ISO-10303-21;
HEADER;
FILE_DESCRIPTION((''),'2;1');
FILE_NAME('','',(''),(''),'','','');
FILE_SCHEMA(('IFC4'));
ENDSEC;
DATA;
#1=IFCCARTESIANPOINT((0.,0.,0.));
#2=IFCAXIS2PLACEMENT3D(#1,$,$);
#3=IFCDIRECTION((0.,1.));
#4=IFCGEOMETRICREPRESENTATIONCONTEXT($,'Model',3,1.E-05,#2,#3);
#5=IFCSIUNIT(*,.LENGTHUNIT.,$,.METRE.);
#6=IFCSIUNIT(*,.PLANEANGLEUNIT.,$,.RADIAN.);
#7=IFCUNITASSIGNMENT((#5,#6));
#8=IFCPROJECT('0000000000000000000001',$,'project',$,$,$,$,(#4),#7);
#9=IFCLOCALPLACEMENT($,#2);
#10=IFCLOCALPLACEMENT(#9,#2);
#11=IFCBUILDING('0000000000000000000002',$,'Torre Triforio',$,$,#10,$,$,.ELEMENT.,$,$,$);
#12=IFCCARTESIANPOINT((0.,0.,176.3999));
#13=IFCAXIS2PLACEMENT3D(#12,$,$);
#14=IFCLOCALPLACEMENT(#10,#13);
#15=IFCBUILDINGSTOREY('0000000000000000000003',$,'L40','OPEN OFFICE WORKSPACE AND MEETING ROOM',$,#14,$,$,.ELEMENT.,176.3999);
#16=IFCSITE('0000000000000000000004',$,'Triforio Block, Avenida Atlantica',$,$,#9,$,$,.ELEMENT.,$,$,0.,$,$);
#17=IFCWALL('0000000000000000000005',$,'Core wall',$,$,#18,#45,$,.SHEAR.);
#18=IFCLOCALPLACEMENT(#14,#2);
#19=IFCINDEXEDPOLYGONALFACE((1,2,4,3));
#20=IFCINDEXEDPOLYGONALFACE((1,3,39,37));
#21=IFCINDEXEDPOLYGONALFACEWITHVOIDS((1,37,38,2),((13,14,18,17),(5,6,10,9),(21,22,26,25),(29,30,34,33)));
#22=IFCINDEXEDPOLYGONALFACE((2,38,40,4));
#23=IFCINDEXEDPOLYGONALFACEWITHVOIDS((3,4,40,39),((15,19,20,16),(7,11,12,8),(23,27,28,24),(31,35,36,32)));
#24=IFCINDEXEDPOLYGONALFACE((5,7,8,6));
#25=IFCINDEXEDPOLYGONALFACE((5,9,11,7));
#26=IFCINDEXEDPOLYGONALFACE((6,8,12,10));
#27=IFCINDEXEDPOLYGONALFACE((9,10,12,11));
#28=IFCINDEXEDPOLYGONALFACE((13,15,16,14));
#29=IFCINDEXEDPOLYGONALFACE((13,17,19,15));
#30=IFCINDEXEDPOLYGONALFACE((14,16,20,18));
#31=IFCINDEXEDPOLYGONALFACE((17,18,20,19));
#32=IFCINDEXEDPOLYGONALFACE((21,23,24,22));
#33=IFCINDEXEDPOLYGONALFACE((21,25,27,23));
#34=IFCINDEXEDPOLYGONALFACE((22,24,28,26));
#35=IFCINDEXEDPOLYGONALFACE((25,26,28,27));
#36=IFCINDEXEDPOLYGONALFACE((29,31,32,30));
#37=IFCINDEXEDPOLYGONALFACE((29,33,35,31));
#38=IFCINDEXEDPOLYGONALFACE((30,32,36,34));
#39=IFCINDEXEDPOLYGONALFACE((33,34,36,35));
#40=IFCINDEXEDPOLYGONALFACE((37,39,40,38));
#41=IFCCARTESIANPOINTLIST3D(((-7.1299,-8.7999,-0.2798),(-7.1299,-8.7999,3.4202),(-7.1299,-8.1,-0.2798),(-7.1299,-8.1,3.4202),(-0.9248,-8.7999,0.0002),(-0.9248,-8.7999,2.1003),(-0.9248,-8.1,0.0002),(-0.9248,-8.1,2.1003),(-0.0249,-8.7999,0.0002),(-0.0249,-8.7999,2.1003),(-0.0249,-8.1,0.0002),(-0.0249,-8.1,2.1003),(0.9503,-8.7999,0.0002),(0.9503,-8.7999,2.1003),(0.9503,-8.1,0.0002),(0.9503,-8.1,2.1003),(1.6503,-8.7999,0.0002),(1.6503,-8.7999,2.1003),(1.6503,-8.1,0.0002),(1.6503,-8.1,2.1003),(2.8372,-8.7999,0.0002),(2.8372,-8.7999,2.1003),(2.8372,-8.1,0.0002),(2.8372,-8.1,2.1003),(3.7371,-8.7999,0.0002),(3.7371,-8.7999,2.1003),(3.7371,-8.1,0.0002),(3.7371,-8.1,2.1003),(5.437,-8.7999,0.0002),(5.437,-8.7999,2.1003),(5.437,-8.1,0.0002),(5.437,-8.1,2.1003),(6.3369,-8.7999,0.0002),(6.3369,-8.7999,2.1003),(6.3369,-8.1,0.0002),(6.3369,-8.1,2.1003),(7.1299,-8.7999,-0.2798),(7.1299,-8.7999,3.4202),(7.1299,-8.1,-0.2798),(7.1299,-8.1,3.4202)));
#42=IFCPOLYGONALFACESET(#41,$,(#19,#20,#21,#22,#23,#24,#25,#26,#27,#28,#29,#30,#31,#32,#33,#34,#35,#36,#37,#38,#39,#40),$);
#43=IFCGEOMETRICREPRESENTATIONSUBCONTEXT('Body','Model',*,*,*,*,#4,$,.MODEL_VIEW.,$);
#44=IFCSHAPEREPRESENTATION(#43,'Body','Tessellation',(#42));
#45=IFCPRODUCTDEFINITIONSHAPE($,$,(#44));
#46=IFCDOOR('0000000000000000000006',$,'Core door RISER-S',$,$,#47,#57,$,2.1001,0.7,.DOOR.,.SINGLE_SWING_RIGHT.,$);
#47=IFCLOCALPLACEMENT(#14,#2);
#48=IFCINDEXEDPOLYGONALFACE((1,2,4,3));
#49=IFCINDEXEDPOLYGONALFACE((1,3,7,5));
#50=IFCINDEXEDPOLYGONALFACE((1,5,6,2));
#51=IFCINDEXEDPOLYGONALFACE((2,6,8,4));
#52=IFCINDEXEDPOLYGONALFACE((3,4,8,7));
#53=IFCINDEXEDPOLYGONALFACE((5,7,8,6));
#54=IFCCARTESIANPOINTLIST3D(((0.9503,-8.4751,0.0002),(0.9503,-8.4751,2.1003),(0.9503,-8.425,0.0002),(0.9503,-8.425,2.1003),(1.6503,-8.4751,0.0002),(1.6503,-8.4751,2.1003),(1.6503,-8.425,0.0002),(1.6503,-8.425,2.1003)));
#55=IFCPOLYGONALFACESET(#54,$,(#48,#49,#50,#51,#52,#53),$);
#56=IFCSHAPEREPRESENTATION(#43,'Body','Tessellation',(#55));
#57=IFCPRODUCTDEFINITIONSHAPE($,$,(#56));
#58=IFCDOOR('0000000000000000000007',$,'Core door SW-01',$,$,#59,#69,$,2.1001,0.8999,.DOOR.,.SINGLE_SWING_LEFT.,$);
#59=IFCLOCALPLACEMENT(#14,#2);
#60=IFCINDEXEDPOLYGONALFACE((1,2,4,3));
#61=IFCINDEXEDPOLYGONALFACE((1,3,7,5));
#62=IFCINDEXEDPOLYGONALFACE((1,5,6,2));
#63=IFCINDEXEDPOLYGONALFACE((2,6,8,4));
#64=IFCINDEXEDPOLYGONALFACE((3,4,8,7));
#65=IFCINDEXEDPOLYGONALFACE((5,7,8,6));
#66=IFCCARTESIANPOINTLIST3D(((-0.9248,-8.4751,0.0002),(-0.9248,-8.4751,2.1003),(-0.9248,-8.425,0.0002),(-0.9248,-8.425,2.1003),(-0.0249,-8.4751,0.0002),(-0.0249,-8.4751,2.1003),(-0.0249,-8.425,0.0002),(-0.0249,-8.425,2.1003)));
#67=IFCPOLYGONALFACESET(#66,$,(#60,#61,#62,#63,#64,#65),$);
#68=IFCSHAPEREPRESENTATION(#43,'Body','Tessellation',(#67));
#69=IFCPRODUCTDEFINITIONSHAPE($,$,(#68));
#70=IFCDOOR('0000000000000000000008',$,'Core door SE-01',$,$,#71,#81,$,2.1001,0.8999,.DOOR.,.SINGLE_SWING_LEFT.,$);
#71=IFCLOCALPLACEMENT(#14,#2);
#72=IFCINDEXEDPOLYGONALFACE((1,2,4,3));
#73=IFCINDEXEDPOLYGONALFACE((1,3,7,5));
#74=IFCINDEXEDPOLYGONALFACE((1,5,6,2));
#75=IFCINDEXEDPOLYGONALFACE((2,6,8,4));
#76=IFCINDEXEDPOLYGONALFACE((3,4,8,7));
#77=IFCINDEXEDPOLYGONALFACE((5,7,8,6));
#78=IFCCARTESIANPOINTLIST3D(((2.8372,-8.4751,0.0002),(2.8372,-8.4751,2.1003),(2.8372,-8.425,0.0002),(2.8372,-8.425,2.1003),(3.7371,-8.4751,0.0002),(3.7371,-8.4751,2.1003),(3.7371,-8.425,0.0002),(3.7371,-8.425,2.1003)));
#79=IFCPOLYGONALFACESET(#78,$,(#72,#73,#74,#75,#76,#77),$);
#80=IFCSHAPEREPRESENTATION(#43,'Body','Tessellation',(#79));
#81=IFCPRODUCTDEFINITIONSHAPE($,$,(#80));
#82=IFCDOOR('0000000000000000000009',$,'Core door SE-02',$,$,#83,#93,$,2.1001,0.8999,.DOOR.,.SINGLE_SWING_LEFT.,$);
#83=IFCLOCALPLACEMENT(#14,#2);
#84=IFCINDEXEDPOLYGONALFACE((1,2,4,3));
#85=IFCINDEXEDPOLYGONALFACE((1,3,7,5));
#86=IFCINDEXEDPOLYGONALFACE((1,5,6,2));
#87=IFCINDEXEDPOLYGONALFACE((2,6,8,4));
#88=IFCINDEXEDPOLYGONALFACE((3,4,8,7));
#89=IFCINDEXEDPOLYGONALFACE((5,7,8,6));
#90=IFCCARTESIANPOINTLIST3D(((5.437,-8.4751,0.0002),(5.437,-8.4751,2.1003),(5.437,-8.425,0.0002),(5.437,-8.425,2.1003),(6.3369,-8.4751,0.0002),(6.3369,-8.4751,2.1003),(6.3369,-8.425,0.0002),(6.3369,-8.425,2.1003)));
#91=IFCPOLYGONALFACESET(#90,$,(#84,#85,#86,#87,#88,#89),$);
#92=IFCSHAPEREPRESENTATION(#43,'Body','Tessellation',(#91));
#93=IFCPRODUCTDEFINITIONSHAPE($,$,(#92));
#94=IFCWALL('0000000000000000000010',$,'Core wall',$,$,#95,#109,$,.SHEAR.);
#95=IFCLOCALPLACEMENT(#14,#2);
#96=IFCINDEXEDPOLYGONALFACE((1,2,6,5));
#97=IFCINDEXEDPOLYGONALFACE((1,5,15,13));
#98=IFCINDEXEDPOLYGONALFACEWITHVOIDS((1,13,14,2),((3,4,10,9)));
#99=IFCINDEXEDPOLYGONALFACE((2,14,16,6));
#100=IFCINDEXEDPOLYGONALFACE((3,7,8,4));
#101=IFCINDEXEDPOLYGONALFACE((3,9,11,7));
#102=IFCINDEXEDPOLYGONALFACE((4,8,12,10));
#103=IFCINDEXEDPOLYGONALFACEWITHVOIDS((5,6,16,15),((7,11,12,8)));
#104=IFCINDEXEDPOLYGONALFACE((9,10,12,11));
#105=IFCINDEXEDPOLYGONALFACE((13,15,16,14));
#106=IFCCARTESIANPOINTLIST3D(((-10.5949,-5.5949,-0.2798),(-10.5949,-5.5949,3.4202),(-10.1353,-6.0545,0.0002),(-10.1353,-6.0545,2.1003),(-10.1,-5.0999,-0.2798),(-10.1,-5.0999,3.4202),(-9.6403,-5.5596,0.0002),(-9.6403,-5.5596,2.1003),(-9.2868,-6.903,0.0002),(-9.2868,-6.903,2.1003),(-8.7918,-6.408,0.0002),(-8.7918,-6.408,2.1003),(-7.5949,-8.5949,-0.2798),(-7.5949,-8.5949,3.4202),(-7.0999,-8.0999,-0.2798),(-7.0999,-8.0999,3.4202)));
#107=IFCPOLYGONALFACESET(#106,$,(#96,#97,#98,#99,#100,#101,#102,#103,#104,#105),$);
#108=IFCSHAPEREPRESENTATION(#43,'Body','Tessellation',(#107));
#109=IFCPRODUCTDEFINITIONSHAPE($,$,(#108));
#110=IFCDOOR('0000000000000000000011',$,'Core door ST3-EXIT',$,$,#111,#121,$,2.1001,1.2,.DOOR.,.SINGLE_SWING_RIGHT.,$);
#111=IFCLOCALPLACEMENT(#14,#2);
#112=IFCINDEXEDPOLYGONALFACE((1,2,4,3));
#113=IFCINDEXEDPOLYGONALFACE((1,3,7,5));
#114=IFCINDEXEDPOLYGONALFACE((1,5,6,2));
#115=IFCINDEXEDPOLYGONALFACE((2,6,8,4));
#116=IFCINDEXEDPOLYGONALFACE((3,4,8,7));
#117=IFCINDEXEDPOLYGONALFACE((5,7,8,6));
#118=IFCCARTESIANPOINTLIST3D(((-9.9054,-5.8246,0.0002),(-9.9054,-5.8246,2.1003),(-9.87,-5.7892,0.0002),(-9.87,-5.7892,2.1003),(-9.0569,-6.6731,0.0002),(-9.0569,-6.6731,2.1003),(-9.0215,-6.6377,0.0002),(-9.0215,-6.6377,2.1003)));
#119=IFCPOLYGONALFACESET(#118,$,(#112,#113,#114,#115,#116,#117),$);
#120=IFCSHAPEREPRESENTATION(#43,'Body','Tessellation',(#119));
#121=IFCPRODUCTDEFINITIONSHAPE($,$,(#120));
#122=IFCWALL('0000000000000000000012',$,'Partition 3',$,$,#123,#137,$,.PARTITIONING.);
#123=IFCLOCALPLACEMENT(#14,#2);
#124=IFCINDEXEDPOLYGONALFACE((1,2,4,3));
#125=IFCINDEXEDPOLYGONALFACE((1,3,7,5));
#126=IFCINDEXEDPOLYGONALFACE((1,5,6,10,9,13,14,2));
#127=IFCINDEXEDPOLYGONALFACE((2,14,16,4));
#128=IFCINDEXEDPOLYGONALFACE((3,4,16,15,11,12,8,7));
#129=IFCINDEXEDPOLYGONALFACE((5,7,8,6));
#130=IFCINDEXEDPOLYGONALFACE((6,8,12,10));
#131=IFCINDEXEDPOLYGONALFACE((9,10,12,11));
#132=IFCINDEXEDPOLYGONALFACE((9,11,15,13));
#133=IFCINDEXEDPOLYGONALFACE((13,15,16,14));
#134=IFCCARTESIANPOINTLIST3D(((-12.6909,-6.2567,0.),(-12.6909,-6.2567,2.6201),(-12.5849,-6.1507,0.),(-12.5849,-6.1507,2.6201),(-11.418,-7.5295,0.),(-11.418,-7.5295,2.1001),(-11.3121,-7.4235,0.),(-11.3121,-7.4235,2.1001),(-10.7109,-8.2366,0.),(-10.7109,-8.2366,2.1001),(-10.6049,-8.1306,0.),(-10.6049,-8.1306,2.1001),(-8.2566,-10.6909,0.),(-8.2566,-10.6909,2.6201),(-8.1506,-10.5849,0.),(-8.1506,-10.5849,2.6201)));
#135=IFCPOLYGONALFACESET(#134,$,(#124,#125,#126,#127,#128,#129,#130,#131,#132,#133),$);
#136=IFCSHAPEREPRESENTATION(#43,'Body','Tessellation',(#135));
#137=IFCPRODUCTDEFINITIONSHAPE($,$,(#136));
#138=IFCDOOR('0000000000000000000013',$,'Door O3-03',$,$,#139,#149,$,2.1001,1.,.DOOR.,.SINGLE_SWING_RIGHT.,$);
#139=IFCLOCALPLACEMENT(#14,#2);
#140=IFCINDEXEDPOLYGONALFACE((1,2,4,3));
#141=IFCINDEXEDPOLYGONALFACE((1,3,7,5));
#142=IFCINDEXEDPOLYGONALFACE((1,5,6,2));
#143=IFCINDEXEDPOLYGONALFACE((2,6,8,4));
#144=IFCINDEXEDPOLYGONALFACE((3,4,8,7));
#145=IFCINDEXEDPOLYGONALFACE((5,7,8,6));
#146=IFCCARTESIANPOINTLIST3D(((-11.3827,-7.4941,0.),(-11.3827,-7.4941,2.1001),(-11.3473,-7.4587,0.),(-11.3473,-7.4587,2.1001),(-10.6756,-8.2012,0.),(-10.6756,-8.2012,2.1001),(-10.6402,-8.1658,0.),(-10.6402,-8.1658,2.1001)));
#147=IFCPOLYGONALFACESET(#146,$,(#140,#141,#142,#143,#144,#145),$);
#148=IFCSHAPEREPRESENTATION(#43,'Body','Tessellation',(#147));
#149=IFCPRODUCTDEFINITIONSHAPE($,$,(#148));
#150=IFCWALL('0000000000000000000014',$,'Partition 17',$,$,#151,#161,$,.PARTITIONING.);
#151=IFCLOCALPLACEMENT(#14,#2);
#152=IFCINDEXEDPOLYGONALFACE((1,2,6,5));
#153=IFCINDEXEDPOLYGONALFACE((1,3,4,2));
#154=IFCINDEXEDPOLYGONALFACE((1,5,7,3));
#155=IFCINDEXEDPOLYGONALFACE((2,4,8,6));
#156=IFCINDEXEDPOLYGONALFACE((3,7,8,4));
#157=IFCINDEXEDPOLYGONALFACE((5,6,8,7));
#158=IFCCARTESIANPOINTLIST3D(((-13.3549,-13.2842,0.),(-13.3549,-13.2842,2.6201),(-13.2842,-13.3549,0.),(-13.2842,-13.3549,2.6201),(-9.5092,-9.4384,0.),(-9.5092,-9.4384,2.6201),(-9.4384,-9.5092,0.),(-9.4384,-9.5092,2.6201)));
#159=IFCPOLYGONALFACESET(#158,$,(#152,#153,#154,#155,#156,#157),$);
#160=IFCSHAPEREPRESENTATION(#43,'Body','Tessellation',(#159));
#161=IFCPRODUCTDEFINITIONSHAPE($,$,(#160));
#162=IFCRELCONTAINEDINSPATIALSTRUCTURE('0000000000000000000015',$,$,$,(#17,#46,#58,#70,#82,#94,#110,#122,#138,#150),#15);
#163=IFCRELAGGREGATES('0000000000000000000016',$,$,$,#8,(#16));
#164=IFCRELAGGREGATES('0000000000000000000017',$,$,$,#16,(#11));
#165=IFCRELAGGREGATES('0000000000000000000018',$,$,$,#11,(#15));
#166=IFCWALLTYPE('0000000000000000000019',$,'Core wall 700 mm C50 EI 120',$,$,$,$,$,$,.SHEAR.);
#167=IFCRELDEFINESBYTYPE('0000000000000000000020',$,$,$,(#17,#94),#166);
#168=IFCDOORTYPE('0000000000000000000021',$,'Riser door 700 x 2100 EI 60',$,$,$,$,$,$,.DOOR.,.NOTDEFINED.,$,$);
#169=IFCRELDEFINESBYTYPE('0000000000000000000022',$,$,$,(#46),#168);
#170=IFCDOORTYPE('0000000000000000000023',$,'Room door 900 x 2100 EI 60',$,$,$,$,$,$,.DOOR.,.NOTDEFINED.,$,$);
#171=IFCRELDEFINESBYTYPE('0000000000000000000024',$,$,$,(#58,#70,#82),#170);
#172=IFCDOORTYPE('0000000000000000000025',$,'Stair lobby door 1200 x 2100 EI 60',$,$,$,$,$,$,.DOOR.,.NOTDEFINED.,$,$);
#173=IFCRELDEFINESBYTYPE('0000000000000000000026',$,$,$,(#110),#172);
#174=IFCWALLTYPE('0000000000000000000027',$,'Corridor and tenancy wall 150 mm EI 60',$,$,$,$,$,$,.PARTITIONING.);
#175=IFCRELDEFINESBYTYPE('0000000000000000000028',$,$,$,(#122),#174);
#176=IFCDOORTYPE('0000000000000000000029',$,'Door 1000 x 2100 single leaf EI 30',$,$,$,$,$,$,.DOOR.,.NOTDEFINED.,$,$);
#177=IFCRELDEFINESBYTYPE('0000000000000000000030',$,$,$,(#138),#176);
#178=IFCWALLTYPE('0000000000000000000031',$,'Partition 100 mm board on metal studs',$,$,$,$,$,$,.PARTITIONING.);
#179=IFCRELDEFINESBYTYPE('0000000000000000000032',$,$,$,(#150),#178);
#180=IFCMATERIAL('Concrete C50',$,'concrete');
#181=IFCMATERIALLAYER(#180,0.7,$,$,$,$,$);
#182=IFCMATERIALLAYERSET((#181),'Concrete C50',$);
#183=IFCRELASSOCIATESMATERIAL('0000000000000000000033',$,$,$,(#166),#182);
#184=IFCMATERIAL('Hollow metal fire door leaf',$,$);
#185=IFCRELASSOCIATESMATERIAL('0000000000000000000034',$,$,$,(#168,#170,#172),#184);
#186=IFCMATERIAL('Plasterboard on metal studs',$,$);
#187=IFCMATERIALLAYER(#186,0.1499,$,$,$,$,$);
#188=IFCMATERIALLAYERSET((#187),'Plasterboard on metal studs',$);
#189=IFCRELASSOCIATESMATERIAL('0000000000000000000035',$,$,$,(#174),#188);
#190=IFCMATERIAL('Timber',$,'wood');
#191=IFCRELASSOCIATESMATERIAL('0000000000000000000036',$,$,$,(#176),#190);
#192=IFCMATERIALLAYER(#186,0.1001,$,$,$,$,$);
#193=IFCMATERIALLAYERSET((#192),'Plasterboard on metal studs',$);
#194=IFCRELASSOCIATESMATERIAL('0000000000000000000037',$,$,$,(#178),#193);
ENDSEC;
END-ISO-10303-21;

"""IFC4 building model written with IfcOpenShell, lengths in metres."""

from ifc_helpers import new_model, si_unit, direction, frame, frame_2d, origin, place, context, subcontext, project, spatial, rectangle, extrude, material, layer, layer_set, type_object, element, fill, save


model = new_model("IFC4")

# Units and contexts
model_context = context("Model", 3, precision=1e-05, world=origin(), true_north=direction((0.0, 1.0)))
body_context = subcontext(model_context, "Body", "Model", "MODEL_VIEW")
ifc_project = project(units=[si_unit("LENGTHUNIT", "METRE"), si_unit("PLANEANGLEUNIT", "RADIAN")], contexts=[model_context])

# Site, building, storey
site_placement = place(None, origin())
site = spatial("IfcSite", under=ifc_project, at=site_placement, Name="Triforio Block, Avenida Atlantica", CompositionType="ELEMENT", RefElevation=0.0)
building_placement = place(site_placement, origin())
building = spatial("IfcBuilding", under=site, at=building_placement, Name="Torre Triforio", CompositionType="ELEMENT")
storey_placement = place(building_placement, frame((0.0, 0.0, 176.3999)))
storey = spatial("IfcBuildingStorey", under=building, at=storey_placement, Name="L40", Description="OPEN OFFICE WORKSPACE AND MEETING ROOM", CompositionType="ELEMENT", Elevation=176.3999)

# Shared definitions
ifc_material_1 = material(Name="Concrete C50", Category="concrete")

# Wall, openings, doors
ifc_layer_1 = layer(ifc_material_1, 0.7)
ifc_layer_set_1 = layer_set([ifc_layer_1], Name="Concrete C50")
wall_type_1 = type_object("IfcWallType", Name="Core wall 700 mm C50 EI 120", PredefinedType="SHEAR", material=ifc_layer_set_1)
wall_1_placement = place(storey_placement, frame((-7.1299, -8.45, -0.2798), z_axis=(0.0, 0.0, 1.0), x_axis=(1.0, 0.0, 0.0)))
wall_1 = element("IfcWall", 1, at=wall_1_placement, inside=storey, type_object=wall_type_1, Name="Core wall", PredefinedType="SHEAR", context=body_context, shape_type="SweptSolid", body=[
    extrude(rectangle(XDim=14.2598, YDim=0.7, at=frame_2d((7.1299, 0.0))), origin(), (0.0, 0.0, 1.0), 3.7),
])
opening_1_placement = place(wall_1_placement, frame((8.0801, 0.0, 0.28)))
opening_1 = element("IfcOpeningElement", 2, at=opening_1_placement, cuts=wall_1, PredefinedType="OPENING", context=body_context, shape_type="SweptSolid", body=[
    extrude(rectangle(XDim=0.7, YDim=2.1001, at=frame_2d((0.3501, 1.05))), frame((0.0, 0.3599, 0.0), z_axis=(0.0, -1.0, 0.0), x_axis=(1.0, 0.0, 0.0)), (0.0, 0.0, 1.0), 0.72),
])
opening_2_placement = place(wall_1_placement, frame((6.2051, 0.0, 0.28)))
opening_2 = element("IfcOpeningElement", 3, at=opening_2_placement, cuts=wall_1, PredefinedType="OPENING", context=body_context, shape_type="SweptSolid", body=[
    extrude(rectangle(XDim=0.8999, YDim=2.1001, at=frame_2d((0.45, 1.05))), frame((0.0, 0.3599, 0.0), z_axis=(0.0, -1.0, 0.0), x_axis=(1.0, 0.0, 0.0)), (0.0, 0.0, 1.0), 0.72),
])
opening_3_placement = place(wall_1_placement, frame((9.967, 0.0, 0.28)))
opening_3 = element("IfcOpeningElement", 4, at=opening_3_placement, cuts=wall_1, PredefinedType="OPENING", context=body_context, shape_type="SweptSolid", body=[
    extrude(rectangle(XDim=0.8999, YDim=2.1001, at=frame_2d((0.45, 1.05))), frame((0.0, 0.3599, 0.0), z_axis=(0.0, -1.0, 0.0), x_axis=(1.0, 0.0, 0.0)), (0.0, 0.0, 1.0), 0.72),
])
opening_4_placement = place(wall_1_placement, frame((12.5669, 0.0, 0.28)))
opening_4 = element("IfcOpeningElement", 5, at=opening_4_placement, cuts=wall_1, PredefinedType="OPENING", context=body_context, shape_type="SweptSolid", body=[
    extrude(rectangle(XDim=0.8999, YDim=2.1001, at=frame_2d((0.45, 1.05))), frame((0.0, 0.3599, 0.0), z_axis=(0.0, -1.0, 0.0), x_axis=(1.0, 0.0, 0.0)), (0.0, 0.0, 1.0), 0.72),
])
ifc_material_2 = material(Name="Hollow metal fire door leaf")
door_type_1 = type_object("IfcDoorType", Name="Riser door 700 x 2100 EI 60", OperationType="NOTDEFINED", PredefinedType="DOOR", material=ifc_material_2)
door_1_placement = place(opening_1_placement, origin())
door_1 = element("IfcDoor", 6, at=door_1_placement, inside=storey, type_object=door_type_1, Name="Core door RISER-S", OperationType="SINGLE_SWING_RIGHT", OverallHeight=2.1001, OverallWidth=0.7, PredefinedType="DOOR", context=body_context, shape_type="SweptSolid", body=[
    extrude(rectangle(XDim=0.7, YDim=2.1001, at=frame_2d((0.3501, 1.05))), frame((0.0, 0.0249, 0.0), z_axis=(0.0, -1.0, 0.0), x_axis=(1.0, 0.0, 0.0)), (0.0, 0.0, 1.0), 0.05),
])
fill(opening_1, door_1)
door_type_2 = type_object("IfcDoorType", Name="Room door 900 x 2100 EI 60", OperationType="NOTDEFINED", PredefinedType="DOOR", material=ifc_material_2)
door_2_placement = place(opening_2_placement, origin())
door_2 = element("IfcDoor", 7, at=door_2_placement, inside=storey, type_object=door_type_2, Name="Core door SW-01", OperationType="SINGLE_SWING_LEFT", OverallHeight=2.1001, OverallWidth=0.8999, PredefinedType="DOOR", context=body_context, shape_type="SweptSolid", body=[
    extrude(rectangle(XDim=0.8999, YDim=2.1001, at=frame_2d((0.45, 1.05))), frame((0.0, 0.0249, 0.0), z_axis=(0.0, -1.0, 0.0), x_axis=(1.0, 0.0, 0.0)), (0.0, 0.0, 1.0), 0.05),
])
fill(opening_2, door_2)
door_3_placement = place(opening_3_placement, origin())
door_3 = element("IfcDoor", 8, at=door_3_placement, inside=storey, type_object=door_type_2, Name="Core door SE-01", OperationType="SINGLE_SWING_LEFT", OverallHeight=2.1001, OverallWidth=0.8999, PredefinedType="DOOR", context=body_context, shape_type="SweptSolid", body=[
    extrude(rectangle(XDim=0.8999, YDim=2.1001, at=frame_2d((0.45, 1.05))), frame((0.0, 0.0249, 0.0), z_axis=(0.0, -1.0, 0.0), x_axis=(1.0, 0.0, 0.0)), (0.0, 0.0, 1.0), 0.05),
])
fill(opening_3, door_3)
door_4_placement = place(opening_4_placement, origin())
door_4 = element("IfcDoor", 9, at=door_4_placement, inside=storey, type_object=door_type_2, Name="Core door SE-02", OperationType="SINGLE_SWING_LEFT", OverallHeight=2.1001, OverallWidth=0.8999, PredefinedType="DOOR", context=body_context, shape_type="SweptSolid", body=[
    extrude(rectangle(XDim=0.8999, YDim=2.1001, at=frame_2d((0.45, 1.05))), frame((0.0, 0.0249, 0.0), z_axis=(0.0, -1.0, 0.0), x_axis=(1.0, 0.0, 0.0)), (0.0, 0.0, 1.0), 0.05),
])
fill(opening_4, door_4)

# Walls, openings, doors
wall_2_placement = place(storey_placement, frame((-7.3474, -8.3474, -0.2798), z_axis=(0.0, 0.0, 1.0), x_axis=(-0.707107, 0.707107, 0.0)))
wall_2 = element("IfcWall", 10, at=wall_2_placement, inside=storey, type_object=wall_type_1, Name="Core wall", PredefinedType="SHEAR", context=body_context, shape_type="SweptSolid", body=[
    extrude(rectangle(XDim=4.2427, YDim=0.7, at=frame_2d((2.1213, 0.0))), origin(), (0.0, 0.0, 1.0), 3.7),
])
opening_5_placement = place(wall_2_placement, frame((2.3926, 0.0, 0.28)))
opening_5 = element("IfcOpeningElement", 11, at=opening_5_placement, cuts=wall_2, PredefinedType="OPENING", context=body_context, shape_type="SweptSolid", body=[
    extrude(rectangle(XDim=1.2, YDim=2.1001, at=frame_2d((0.6001, 1.05))), frame((0.0, 0.3599, 0.0), z_axis=(0.0, -1.0, 0.0), x_axis=(1.0, 0.0, 0.0)), (0.0, 0.0, 1.0), 0.72),
])
door_type_3 = type_object("IfcDoorType", Name="Stair lobby door 1200 x 2100 EI 60", OperationType="NOTDEFINED", PredefinedType="DOOR", material=ifc_material_2)
door_5_placement = place(opening_5_placement, origin())
door_5 = element("IfcDoor", 12, at=door_5_placement, inside=storey, type_object=door_type_3, Name="Core door ST3-EXIT", OperationType="SINGLE_SWING_RIGHT", OverallHeight=2.1001, OverallWidth=1.2, PredefinedType="DOOR", context=body_context, shape_type="SweptSolid", body=[
    extrude(rectangle(XDim=1.2, YDim=2.1001, at=frame_2d((0.6001, 1.05))), frame((0.0, 0.0249, 0.0), z_axis=(0.0, -1.0, 0.0), x_axis=(1.0, 0.0, 0.0)), (0.0, 0.0, 1.0), 0.05),
])
fill(opening_5, door_5)
ifc_material_3 = material(Name="Plasterboard on metal studs")
ifc_layer_2 = layer(ifc_material_3, 0.1499)
ifc_layer_set_2 = layer_set([ifc_layer_2], Name="Plasterboard on metal studs")
wall_type_2 = type_object("IfcWallType", Name="Corridor and tenancy wall 150 mm EI 60", PredefinedType="PARTITIONING", material=ifc_layer_set_2)
wall_3_placement = place(storey_placement, frame((-8.2036, -10.6379, 0.0), z_axis=(0.0, 0.0, 1.0), x_axis=(-0.707107, 0.707107, 0.0)))
wall_3 = element("IfcWall", 13, at=wall_3_placement, inside=storey, type_object=wall_type_2, Name="Partition 3", PredefinedType="PARTITIONING", context=body_context, shape_type="SweptSolid", body=[
    extrude(rectangle(XDim=6.271, YDim=0.1499, at=frame_2d((3.1355, 0.0))), origin(), (0.0, 0.0, 1.0), 2.6201),
])
opening_6_placement = place(wall_3_placement, frame((3.4709, 0.0, 0.0)))
opening_6 = element("IfcOpeningElement", 14, at=opening_6_placement, cuts=wall_3, PredefinedType="OPENING", context=body_context, shape_type="SweptSolid", body=[
    extrude(rectangle(XDim=1.0, YDim=2.1001, at=frame_2d((0.5, 1.05))), frame((0.0, 0.085, 0.0), z_axis=(0.0, -1.0, 0.0), x_axis=(1.0, 0.0, 0.0)), (0.0, 0.0, 1.0), 0.1699),
])
ifc_material_4 = material(Name="Timber", Category="wood")
door_type_4 = type_object("IfcDoorType", Name="Door 1000 x 2100 single leaf EI 30", OperationType="NOTDEFINED", PredefinedType="DOOR", material=ifc_material_4)
door_6_placement = place(opening_6_placement, origin())
door_6 = element("IfcDoor", 15, at=door_6_placement, inside=storey, type_object=door_type_4, Name="Door O3-03", OperationType="SINGLE_SWING_RIGHT", OverallHeight=2.1001, OverallWidth=1.0, PredefinedType="DOOR", context=body_context, shape_type="SweptSolid", body=[
    extrude(rectangle(XDim=1.0, YDim=2.1001, at=frame_2d((0.5, 1.05))), frame((0.0, 0.0249, 0.0), z_axis=(0.0, -1.0, 0.0), x_axis=(1.0, 0.0, 0.0)), (0.0, 0.0, 1.0), 0.05),
])
fill(opening_6, door_6)

# Wall
ifc_layer_3 = layer(ifc_material_3, 0.1001)
ifc_layer_set_3 = layer_set([ifc_layer_3], Name="Plasterboard on metal studs")
wall_type_3 = type_object("IfcWallType", Name="Partition 100 mm board on metal studs", PredefinedType="PARTITIONING", material=ifc_layer_set_3)
wall_4_placement = place(storey_placement, frame((-9.4739, -9.4739, 0.0), z_axis=(0.0, 0.0, 1.0), x_axis=(-0.707107, -0.707107, 0.0)))
element("IfcWall", 16, at=wall_4_placement, inside=storey, type_object=wall_type_3, Name="Partition 17", PredefinedType="PARTITIONING", context=body_context, shape_type="SweptSolid", body=[
    extrude(rectangle(XDim=5.4387, YDim=0.1001, at=frame_2d((2.7192, 0.0))), origin(), (0.0, 0.0, 1.0), 2.6201),
])

save(model, "model.ifc")
